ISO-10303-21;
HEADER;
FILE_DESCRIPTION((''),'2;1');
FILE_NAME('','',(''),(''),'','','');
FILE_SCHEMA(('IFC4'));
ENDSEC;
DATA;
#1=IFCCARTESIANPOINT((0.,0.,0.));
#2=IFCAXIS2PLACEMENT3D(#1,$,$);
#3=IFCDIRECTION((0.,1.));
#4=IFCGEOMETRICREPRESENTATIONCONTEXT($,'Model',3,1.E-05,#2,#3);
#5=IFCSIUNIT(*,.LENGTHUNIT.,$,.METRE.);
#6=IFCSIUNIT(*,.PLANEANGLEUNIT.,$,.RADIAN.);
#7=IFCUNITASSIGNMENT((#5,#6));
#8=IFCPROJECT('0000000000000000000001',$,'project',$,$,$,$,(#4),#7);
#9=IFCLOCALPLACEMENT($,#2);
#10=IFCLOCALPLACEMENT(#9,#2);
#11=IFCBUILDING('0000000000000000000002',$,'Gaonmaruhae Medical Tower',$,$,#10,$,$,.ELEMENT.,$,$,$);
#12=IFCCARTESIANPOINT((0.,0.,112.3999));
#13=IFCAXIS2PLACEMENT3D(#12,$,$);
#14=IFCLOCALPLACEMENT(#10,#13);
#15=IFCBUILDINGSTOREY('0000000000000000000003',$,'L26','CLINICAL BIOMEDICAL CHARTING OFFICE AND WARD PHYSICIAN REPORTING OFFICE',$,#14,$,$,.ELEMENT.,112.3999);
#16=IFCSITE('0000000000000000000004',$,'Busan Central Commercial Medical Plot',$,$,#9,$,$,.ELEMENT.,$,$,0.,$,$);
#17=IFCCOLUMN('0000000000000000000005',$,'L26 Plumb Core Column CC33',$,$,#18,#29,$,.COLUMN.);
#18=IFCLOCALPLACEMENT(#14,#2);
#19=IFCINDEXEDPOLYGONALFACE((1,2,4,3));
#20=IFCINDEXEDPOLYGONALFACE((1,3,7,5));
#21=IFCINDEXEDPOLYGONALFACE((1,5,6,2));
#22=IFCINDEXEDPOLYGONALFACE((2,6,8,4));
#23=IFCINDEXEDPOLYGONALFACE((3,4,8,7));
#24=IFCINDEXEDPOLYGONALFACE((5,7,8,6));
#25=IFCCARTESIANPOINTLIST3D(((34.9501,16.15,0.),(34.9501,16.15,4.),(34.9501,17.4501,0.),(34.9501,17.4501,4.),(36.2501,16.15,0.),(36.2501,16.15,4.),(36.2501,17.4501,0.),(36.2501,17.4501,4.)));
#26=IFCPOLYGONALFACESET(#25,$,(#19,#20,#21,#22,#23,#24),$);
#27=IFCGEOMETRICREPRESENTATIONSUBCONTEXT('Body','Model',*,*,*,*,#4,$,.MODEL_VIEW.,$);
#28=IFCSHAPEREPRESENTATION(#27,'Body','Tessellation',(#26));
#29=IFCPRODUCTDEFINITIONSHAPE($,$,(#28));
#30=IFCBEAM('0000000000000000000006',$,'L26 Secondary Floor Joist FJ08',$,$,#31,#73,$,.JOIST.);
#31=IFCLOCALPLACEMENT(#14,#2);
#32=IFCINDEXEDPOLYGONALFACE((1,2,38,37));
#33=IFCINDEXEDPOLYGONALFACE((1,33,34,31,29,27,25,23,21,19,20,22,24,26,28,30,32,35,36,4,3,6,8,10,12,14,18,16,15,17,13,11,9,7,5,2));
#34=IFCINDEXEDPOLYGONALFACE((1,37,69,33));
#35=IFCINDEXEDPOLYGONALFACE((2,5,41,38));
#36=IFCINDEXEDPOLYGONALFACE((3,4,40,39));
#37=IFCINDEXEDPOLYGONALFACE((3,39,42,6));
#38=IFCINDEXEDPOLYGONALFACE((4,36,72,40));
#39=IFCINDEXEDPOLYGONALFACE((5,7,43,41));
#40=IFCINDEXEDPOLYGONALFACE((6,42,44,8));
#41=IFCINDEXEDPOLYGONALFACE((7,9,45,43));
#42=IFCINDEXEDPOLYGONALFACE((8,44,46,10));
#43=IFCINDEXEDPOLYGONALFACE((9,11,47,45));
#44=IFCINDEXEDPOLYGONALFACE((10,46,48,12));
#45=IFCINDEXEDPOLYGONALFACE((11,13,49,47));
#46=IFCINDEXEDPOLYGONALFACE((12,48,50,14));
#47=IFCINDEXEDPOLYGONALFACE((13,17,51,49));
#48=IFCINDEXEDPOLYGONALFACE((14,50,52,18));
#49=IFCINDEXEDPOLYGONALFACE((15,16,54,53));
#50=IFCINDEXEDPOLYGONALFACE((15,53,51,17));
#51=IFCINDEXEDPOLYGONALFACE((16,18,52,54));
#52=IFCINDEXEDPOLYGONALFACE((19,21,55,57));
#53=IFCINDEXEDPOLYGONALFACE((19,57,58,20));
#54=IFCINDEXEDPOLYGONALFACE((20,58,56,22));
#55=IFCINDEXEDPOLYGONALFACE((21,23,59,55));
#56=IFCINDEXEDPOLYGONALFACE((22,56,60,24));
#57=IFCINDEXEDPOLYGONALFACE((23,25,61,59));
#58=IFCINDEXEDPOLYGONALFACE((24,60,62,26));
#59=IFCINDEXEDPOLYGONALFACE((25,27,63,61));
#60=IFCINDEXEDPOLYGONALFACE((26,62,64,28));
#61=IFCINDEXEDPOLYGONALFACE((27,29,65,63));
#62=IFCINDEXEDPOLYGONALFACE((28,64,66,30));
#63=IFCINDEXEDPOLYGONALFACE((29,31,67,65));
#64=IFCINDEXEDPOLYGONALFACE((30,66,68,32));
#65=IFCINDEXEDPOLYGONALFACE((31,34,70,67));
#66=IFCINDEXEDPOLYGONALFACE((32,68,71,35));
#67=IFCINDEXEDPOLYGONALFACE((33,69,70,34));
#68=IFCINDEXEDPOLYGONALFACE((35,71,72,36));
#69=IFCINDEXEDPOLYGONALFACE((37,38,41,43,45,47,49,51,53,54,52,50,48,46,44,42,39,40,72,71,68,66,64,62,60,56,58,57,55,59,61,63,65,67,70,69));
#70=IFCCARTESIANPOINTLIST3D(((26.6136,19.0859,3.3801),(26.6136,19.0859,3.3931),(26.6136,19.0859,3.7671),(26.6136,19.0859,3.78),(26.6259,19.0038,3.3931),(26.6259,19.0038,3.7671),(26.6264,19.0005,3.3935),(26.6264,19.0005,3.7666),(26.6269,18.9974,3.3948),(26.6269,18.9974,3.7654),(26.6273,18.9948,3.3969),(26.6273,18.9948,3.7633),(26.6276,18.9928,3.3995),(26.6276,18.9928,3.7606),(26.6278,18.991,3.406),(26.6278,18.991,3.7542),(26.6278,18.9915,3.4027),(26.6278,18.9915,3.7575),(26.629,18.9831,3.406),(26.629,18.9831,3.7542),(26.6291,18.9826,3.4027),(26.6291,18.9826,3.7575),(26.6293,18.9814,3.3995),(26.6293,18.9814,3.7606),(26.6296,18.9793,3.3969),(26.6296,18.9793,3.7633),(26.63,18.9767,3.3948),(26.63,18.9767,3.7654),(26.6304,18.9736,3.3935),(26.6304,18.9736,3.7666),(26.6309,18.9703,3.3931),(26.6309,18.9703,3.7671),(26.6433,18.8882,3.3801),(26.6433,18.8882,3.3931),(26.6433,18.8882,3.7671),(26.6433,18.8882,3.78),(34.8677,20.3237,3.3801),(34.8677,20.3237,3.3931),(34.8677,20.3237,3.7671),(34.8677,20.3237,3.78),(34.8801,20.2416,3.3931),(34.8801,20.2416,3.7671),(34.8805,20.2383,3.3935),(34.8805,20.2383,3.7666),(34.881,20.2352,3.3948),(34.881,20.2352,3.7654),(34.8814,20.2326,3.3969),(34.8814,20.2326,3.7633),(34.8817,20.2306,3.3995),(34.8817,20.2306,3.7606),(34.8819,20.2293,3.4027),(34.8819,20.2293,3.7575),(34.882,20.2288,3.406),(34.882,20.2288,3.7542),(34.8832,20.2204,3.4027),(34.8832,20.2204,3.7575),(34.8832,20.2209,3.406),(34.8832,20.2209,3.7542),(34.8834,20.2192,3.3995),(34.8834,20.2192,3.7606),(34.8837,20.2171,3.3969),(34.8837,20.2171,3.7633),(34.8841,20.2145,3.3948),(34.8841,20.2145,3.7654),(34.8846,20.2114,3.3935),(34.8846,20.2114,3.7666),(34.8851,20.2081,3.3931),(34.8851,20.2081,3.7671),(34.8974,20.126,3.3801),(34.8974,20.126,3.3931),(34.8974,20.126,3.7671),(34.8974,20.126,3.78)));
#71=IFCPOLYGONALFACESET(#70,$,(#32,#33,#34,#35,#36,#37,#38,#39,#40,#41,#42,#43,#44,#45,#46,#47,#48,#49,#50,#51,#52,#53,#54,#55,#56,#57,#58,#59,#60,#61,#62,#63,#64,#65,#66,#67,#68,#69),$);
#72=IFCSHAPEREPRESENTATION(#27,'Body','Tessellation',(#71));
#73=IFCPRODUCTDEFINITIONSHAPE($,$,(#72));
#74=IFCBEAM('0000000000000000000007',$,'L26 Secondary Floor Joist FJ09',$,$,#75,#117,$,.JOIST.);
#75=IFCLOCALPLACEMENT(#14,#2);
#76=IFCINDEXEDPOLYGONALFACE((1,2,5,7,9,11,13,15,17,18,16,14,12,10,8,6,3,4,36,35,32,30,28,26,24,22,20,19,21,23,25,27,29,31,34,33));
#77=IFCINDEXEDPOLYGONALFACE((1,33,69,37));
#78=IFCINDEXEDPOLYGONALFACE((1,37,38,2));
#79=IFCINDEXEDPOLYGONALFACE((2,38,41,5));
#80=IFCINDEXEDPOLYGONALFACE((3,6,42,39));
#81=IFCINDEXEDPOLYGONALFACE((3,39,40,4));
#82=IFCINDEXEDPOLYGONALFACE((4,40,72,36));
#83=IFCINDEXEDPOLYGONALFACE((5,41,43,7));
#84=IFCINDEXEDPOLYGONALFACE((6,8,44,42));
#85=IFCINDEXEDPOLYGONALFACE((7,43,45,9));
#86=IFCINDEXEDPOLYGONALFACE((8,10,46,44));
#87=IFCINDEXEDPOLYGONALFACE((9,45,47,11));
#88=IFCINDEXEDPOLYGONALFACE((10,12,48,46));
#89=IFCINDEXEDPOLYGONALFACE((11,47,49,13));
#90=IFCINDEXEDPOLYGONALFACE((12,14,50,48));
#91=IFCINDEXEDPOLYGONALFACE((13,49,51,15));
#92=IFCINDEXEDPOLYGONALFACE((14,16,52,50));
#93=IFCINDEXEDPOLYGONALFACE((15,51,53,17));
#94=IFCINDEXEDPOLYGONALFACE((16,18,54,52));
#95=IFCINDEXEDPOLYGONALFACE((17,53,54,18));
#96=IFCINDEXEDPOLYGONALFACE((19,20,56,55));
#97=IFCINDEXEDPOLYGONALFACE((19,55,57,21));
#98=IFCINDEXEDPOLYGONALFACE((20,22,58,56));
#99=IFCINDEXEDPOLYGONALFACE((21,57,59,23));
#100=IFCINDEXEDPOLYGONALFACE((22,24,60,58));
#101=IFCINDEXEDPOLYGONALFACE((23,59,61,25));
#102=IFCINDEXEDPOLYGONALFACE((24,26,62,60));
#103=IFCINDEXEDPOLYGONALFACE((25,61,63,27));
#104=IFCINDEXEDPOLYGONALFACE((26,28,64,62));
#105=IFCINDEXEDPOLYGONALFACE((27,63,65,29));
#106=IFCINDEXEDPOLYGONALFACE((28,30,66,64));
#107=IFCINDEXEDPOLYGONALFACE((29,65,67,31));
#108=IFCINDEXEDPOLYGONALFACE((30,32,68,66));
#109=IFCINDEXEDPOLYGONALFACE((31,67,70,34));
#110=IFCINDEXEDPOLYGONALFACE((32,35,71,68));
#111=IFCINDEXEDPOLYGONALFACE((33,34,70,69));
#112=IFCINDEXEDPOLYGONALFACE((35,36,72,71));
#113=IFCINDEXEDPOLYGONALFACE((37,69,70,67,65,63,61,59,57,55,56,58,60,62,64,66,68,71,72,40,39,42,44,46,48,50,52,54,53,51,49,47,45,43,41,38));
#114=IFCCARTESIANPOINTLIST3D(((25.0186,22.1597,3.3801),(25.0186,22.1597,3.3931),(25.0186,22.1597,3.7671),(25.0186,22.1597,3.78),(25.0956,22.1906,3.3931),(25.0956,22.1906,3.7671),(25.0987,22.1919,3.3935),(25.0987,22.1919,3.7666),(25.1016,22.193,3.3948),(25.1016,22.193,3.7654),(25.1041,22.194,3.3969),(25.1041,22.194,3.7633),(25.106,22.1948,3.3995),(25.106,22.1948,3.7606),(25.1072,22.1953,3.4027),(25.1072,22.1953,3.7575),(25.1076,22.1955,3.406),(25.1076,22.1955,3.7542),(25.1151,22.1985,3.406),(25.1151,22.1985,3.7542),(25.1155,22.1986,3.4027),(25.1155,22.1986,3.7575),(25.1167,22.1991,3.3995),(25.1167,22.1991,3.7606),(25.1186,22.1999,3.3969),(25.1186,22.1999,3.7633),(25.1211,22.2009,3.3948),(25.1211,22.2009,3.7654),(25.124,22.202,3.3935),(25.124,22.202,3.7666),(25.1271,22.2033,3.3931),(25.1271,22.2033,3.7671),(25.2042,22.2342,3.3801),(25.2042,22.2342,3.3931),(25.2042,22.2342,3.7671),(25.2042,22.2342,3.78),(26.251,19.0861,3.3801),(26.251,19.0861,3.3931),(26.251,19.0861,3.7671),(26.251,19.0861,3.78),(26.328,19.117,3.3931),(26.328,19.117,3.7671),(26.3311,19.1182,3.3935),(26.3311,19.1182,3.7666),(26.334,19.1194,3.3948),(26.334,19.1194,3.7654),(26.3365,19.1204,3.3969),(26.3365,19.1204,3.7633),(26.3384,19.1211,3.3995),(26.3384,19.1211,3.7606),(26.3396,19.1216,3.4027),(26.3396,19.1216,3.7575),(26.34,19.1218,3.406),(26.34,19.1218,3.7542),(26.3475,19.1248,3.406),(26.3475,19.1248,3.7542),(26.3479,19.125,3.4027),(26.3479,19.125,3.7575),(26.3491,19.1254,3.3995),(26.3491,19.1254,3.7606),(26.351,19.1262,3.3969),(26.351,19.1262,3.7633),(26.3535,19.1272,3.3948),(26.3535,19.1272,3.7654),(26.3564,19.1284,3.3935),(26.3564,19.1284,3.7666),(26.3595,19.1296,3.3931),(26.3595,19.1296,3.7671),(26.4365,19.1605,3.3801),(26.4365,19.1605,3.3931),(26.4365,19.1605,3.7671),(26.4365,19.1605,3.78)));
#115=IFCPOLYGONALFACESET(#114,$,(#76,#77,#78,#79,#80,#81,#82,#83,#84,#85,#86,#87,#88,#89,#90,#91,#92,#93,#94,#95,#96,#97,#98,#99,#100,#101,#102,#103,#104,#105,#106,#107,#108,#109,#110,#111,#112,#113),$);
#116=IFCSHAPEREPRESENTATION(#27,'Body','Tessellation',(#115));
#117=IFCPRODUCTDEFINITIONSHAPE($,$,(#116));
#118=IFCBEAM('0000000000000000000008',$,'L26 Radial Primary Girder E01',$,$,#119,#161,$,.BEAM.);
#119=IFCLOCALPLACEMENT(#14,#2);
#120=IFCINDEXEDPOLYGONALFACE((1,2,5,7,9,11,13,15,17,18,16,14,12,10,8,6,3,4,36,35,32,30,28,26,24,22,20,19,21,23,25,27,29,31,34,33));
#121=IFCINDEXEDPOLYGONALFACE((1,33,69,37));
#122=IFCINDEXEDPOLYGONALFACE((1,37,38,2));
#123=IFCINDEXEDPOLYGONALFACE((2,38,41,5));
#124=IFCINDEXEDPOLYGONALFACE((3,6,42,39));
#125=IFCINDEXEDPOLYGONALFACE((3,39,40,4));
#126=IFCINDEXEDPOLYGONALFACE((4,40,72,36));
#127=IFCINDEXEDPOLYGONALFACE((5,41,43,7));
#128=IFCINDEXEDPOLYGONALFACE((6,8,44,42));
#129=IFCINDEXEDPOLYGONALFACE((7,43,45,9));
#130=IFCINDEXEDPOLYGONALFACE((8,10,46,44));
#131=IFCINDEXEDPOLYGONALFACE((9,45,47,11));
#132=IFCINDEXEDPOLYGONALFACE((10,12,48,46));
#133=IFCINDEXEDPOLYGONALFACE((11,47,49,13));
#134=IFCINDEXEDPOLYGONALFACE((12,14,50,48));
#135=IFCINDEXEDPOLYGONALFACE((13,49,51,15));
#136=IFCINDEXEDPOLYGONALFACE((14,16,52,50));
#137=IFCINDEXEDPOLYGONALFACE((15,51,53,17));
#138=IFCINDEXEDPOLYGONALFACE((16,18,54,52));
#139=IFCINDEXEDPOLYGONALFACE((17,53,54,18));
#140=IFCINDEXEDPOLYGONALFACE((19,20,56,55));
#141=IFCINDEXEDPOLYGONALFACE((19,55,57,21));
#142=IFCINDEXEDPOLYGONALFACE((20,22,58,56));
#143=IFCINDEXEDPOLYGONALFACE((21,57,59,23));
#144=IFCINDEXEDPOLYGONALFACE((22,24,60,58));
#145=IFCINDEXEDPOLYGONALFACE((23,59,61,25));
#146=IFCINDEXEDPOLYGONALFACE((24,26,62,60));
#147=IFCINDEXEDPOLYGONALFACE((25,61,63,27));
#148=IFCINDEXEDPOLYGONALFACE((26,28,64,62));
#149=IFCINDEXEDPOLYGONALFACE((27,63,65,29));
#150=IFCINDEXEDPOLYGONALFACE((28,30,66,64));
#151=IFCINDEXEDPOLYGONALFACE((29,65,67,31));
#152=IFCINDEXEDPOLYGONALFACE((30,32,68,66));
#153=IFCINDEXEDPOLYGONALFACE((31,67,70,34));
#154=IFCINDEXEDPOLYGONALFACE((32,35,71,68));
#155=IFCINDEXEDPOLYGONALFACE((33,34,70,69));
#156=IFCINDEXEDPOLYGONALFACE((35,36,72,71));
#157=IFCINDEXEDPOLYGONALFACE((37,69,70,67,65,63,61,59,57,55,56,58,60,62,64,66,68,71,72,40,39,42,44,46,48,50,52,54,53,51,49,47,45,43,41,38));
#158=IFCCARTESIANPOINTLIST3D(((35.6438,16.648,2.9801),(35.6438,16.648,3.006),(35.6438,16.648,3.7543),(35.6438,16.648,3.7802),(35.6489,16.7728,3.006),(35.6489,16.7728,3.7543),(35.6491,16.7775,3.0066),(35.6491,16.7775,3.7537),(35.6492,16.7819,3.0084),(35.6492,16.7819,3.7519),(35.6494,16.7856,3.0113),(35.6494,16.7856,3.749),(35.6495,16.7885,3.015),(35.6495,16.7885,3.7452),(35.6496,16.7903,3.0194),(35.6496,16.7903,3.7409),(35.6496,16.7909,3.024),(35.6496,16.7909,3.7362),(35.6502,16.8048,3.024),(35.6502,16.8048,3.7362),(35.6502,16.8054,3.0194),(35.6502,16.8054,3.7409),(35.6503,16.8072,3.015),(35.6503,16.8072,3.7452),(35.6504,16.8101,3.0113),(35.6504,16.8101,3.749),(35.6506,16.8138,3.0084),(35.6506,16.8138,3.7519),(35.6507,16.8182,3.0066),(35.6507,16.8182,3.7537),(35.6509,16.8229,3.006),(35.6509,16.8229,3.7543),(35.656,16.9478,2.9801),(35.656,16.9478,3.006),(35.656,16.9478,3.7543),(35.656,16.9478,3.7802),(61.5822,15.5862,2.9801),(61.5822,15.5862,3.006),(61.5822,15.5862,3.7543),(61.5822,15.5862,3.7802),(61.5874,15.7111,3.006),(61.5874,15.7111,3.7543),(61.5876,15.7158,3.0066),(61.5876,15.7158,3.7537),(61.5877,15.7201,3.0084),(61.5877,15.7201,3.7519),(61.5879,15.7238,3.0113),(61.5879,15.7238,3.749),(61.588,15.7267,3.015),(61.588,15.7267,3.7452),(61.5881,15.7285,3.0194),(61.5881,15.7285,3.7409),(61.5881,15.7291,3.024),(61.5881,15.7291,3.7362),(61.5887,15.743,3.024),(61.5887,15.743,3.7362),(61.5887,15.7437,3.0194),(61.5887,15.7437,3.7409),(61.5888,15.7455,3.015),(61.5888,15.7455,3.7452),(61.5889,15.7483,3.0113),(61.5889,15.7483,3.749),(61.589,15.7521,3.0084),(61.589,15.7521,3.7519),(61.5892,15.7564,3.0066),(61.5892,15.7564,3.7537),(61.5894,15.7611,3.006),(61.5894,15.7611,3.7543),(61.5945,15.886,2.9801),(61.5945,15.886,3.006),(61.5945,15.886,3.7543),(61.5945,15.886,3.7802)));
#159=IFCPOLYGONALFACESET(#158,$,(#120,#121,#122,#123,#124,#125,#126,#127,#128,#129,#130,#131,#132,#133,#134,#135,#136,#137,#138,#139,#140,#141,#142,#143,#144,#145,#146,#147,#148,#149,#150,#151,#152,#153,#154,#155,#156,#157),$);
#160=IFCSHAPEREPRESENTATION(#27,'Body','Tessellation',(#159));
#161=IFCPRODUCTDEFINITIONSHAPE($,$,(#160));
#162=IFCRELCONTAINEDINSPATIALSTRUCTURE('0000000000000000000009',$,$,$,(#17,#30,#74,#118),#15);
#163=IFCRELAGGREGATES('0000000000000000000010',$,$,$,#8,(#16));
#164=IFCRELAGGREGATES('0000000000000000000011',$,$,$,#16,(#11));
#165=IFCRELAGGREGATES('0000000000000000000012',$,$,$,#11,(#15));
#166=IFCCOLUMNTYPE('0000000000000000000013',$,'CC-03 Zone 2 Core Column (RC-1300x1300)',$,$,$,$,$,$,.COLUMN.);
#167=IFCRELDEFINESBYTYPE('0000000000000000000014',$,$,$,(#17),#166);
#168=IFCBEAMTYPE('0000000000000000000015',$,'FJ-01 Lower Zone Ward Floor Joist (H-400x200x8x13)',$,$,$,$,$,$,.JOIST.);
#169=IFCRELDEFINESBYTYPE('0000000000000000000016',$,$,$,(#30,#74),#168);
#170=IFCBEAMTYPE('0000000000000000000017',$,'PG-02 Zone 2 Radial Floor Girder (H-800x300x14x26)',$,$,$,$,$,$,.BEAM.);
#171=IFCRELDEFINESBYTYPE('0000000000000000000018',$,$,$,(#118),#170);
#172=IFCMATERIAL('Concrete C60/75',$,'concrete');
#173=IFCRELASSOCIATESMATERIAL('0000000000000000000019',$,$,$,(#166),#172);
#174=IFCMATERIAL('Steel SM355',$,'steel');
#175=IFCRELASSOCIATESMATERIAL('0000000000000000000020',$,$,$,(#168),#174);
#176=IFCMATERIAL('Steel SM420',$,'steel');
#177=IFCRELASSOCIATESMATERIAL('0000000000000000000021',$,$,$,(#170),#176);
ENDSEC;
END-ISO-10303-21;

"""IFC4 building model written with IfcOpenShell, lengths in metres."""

from ifc_helpers import new_model, si_unit, direction, frame, origin, origin_2d, place, context, subcontext, project, spatial, rectangle, i_section, extrude, material, material_profile, profile_set, type_object, element, save


model = new_model("IFC4")

# Units and contexts
model_context = context("Model", 3, precision=1e-05, world=origin(), true_north=direction((0.0, 1.0)))
body_context = subcontext(model_context, "Body", "Model", "MODEL_VIEW")
ifc_project = project(units=[si_unit("LENGTHUNIT", "METRE"), si_unit("PLANEANGLEUNIT", "RADIAN")], contexts=[model_context])

# Site, building, storey
site_placement = place(None, origin())
site = spatial("IfcSite", under=ifc_project, at=site_placement, Name="Busan Central Commercial Medical Plot", CompositionType="ELEMENT", RefElevation=0.0)
building_placement = place(site_placement, origin())
building = spatial("IfcBuilding", under=site, at=building_placement, Name="Gaonmaruhae Medical Tower", CompositionType="ELEMENT")
storey_placement = place(building_placement, frame((0.0, 0.0, 112.3999)))
storey = spatial("IfcBuildingStorey", under=building, at=storey_placement, Name="L26", Description="CLINICAL BIOMEDICAL CHARTING OFFICE AND WARD PHYSICIAN REPORTING OFFICE", CompositionType="ELEMENT", Elevation=112.3999)

# Column
ifc_material_1 = material(Name="Concrete C60/75", Category="concrete")
ifc_material_profile_1 = material_profile(ifc_material_1, rectangle(XDim=1.3, YDim=1.3, at=origin_2d()), Name="RC-1300x1300")
ifc_profile_set_1 = profile_set([ifc_material_profile_1], Name="Concrete C60/75")
column_type = type_object("IfcColumnType", Name="CC-03 Zone 2 Core Column (RC-1300x1300)", PredefinedType="COLUMN", material=ifc_profile_set_1)
column_placement = place(storey_placement, frame((35.6001, 16.8, 0.0), z_axis=(0.0, 0.0, 1.0), x_axis=(1.0, 0.0, 0.0)))
element("IfcColumn", 1, at=column_placement, inside=storey, type_object=column_type, Name="L26 Plumb Core Column CC33", PredefinedType="COLUMN", context=body_context, shape_type="SweptSolid", body=[
    extrude(rectangle(XDim=1.3, YDim=1.3, at=origin_2d()), origin(), (0.0, 0.0, 1.0), 4.0),
])

# Beams
ifc_material_2 = material(Name="Steel SM355", Category="steel")
ifc_material_profile_2 = material_profile(ifc_material_2, i_section(OverallWidth=0.2, OverallDepth=0.3999, WebThickness=0.0081, FlangeThickness=0.0129, FilletRadius=0.0129, at=origin_2d()), Name="H-400x200x8x13")
ifc_profile_set_2 = profile_set([ifc_material_profile_2], Name="Steel SM355")
beam_type_1 = type_object("IfcBeamType", Name="FJ-01 Lower Zone Ward Floor Joist (H-400x200x8x13)", PredefinedType="JOIST", material=ifc_profile_set_2)
beam_1_placement = place(storey_placement, frame((34.8826, 20.2249, 3.5801), z_axis=(-0.988942, -0.148302, 0.0), x_axis=(0.148302, -0.988942, 0.0)))
element("IfcBeam", 2, at=beam_1_placement, inside=storey, type_object=beam_type_1, Name="L26 Secondary Floor Joist FJ08", PredefinedType="JOIST", context=body_context, shape_type="SweptSolid", body=[
    extrude(i_section(OverallWidth=0.2, OverallDepth=0.3999, WebThickness=0.0081, FlangeThickness=0.0129, FilletRadius=0.0129, at=origin_2d()), origin(), (0.0, 0.0, 1.0), 8.3464),
])
beam_2_placement = place(storey_placement, frame((26.3438, 19.1233, 3.5801), z_axis=(-0.372153, 0.928171, 0.0), x_axis=(-0.928171, -0.372153, 0.0)))
element("IfcBeam", 3, at=beam_2_placement, inside=storey, type_object=beam_type_1, Name="L26 Secondary Floor Joist FJ09", PredefinedType="JOIST", context=body_context, shape_type="SweptSolid", body=[
    extrude(i_section(OverallWidth=0.2, OverallDepth=0.3999, WebThickness=0.0081, FlangeThickness=0.0129, FilletRadius=0.0129, at=origin_2d()), origin(), (0.0, 0.0, 1.0), 3.3115),
])
ifc_material_3 = material(Name="Steel SM420", Category="steel")
ifc_material_profile_3 = material_profile(ifc_material_3, i_section(OverallWidth=0.3, OverallDepth=0.8, WebThickness=0.0139, FlangeThickness=0.0259, FilletRadius=0.0181, at=origin_2d()), Name="H-800x300x14x26")
ifc_profile_set_3 = profile_set([ifc_material_profile_3], Name="Steel SM420")
beam_type_2 = type_object("IfcBeamType", Name="PG-02 Zone 2 Radial Floor Girder (H-800x300x14x26)", PredefinedType="BEAM", material=ifc_profile_set_3)
beam_3_placement = place(storey_placement, frame((35.6499, 16.7979, 3.3801), z_axis=(0.999163, -0.0409, 0.0), x_axis=(0.0409, 0.999163, 0.0)))
element("IfcBeam", 4, at=beam_3_placement, inside=storey, type_object=beam_type_2, Name="L26 Radial Primary Girder E01", PredefinedType="BEAM", context=body_context, shape_type="SweptSolid", body=[
    extrude(i_section(OverallWidth=0.3, OverallDepth=0.8, WebThickness=0.0139, FlangeThickness=0.0259, FilletRadius=0.0181, at=origin_2d()), origin(), (0.0, 0.0, 1.0), 25.9602),
])

save(model, "model.ifc")
